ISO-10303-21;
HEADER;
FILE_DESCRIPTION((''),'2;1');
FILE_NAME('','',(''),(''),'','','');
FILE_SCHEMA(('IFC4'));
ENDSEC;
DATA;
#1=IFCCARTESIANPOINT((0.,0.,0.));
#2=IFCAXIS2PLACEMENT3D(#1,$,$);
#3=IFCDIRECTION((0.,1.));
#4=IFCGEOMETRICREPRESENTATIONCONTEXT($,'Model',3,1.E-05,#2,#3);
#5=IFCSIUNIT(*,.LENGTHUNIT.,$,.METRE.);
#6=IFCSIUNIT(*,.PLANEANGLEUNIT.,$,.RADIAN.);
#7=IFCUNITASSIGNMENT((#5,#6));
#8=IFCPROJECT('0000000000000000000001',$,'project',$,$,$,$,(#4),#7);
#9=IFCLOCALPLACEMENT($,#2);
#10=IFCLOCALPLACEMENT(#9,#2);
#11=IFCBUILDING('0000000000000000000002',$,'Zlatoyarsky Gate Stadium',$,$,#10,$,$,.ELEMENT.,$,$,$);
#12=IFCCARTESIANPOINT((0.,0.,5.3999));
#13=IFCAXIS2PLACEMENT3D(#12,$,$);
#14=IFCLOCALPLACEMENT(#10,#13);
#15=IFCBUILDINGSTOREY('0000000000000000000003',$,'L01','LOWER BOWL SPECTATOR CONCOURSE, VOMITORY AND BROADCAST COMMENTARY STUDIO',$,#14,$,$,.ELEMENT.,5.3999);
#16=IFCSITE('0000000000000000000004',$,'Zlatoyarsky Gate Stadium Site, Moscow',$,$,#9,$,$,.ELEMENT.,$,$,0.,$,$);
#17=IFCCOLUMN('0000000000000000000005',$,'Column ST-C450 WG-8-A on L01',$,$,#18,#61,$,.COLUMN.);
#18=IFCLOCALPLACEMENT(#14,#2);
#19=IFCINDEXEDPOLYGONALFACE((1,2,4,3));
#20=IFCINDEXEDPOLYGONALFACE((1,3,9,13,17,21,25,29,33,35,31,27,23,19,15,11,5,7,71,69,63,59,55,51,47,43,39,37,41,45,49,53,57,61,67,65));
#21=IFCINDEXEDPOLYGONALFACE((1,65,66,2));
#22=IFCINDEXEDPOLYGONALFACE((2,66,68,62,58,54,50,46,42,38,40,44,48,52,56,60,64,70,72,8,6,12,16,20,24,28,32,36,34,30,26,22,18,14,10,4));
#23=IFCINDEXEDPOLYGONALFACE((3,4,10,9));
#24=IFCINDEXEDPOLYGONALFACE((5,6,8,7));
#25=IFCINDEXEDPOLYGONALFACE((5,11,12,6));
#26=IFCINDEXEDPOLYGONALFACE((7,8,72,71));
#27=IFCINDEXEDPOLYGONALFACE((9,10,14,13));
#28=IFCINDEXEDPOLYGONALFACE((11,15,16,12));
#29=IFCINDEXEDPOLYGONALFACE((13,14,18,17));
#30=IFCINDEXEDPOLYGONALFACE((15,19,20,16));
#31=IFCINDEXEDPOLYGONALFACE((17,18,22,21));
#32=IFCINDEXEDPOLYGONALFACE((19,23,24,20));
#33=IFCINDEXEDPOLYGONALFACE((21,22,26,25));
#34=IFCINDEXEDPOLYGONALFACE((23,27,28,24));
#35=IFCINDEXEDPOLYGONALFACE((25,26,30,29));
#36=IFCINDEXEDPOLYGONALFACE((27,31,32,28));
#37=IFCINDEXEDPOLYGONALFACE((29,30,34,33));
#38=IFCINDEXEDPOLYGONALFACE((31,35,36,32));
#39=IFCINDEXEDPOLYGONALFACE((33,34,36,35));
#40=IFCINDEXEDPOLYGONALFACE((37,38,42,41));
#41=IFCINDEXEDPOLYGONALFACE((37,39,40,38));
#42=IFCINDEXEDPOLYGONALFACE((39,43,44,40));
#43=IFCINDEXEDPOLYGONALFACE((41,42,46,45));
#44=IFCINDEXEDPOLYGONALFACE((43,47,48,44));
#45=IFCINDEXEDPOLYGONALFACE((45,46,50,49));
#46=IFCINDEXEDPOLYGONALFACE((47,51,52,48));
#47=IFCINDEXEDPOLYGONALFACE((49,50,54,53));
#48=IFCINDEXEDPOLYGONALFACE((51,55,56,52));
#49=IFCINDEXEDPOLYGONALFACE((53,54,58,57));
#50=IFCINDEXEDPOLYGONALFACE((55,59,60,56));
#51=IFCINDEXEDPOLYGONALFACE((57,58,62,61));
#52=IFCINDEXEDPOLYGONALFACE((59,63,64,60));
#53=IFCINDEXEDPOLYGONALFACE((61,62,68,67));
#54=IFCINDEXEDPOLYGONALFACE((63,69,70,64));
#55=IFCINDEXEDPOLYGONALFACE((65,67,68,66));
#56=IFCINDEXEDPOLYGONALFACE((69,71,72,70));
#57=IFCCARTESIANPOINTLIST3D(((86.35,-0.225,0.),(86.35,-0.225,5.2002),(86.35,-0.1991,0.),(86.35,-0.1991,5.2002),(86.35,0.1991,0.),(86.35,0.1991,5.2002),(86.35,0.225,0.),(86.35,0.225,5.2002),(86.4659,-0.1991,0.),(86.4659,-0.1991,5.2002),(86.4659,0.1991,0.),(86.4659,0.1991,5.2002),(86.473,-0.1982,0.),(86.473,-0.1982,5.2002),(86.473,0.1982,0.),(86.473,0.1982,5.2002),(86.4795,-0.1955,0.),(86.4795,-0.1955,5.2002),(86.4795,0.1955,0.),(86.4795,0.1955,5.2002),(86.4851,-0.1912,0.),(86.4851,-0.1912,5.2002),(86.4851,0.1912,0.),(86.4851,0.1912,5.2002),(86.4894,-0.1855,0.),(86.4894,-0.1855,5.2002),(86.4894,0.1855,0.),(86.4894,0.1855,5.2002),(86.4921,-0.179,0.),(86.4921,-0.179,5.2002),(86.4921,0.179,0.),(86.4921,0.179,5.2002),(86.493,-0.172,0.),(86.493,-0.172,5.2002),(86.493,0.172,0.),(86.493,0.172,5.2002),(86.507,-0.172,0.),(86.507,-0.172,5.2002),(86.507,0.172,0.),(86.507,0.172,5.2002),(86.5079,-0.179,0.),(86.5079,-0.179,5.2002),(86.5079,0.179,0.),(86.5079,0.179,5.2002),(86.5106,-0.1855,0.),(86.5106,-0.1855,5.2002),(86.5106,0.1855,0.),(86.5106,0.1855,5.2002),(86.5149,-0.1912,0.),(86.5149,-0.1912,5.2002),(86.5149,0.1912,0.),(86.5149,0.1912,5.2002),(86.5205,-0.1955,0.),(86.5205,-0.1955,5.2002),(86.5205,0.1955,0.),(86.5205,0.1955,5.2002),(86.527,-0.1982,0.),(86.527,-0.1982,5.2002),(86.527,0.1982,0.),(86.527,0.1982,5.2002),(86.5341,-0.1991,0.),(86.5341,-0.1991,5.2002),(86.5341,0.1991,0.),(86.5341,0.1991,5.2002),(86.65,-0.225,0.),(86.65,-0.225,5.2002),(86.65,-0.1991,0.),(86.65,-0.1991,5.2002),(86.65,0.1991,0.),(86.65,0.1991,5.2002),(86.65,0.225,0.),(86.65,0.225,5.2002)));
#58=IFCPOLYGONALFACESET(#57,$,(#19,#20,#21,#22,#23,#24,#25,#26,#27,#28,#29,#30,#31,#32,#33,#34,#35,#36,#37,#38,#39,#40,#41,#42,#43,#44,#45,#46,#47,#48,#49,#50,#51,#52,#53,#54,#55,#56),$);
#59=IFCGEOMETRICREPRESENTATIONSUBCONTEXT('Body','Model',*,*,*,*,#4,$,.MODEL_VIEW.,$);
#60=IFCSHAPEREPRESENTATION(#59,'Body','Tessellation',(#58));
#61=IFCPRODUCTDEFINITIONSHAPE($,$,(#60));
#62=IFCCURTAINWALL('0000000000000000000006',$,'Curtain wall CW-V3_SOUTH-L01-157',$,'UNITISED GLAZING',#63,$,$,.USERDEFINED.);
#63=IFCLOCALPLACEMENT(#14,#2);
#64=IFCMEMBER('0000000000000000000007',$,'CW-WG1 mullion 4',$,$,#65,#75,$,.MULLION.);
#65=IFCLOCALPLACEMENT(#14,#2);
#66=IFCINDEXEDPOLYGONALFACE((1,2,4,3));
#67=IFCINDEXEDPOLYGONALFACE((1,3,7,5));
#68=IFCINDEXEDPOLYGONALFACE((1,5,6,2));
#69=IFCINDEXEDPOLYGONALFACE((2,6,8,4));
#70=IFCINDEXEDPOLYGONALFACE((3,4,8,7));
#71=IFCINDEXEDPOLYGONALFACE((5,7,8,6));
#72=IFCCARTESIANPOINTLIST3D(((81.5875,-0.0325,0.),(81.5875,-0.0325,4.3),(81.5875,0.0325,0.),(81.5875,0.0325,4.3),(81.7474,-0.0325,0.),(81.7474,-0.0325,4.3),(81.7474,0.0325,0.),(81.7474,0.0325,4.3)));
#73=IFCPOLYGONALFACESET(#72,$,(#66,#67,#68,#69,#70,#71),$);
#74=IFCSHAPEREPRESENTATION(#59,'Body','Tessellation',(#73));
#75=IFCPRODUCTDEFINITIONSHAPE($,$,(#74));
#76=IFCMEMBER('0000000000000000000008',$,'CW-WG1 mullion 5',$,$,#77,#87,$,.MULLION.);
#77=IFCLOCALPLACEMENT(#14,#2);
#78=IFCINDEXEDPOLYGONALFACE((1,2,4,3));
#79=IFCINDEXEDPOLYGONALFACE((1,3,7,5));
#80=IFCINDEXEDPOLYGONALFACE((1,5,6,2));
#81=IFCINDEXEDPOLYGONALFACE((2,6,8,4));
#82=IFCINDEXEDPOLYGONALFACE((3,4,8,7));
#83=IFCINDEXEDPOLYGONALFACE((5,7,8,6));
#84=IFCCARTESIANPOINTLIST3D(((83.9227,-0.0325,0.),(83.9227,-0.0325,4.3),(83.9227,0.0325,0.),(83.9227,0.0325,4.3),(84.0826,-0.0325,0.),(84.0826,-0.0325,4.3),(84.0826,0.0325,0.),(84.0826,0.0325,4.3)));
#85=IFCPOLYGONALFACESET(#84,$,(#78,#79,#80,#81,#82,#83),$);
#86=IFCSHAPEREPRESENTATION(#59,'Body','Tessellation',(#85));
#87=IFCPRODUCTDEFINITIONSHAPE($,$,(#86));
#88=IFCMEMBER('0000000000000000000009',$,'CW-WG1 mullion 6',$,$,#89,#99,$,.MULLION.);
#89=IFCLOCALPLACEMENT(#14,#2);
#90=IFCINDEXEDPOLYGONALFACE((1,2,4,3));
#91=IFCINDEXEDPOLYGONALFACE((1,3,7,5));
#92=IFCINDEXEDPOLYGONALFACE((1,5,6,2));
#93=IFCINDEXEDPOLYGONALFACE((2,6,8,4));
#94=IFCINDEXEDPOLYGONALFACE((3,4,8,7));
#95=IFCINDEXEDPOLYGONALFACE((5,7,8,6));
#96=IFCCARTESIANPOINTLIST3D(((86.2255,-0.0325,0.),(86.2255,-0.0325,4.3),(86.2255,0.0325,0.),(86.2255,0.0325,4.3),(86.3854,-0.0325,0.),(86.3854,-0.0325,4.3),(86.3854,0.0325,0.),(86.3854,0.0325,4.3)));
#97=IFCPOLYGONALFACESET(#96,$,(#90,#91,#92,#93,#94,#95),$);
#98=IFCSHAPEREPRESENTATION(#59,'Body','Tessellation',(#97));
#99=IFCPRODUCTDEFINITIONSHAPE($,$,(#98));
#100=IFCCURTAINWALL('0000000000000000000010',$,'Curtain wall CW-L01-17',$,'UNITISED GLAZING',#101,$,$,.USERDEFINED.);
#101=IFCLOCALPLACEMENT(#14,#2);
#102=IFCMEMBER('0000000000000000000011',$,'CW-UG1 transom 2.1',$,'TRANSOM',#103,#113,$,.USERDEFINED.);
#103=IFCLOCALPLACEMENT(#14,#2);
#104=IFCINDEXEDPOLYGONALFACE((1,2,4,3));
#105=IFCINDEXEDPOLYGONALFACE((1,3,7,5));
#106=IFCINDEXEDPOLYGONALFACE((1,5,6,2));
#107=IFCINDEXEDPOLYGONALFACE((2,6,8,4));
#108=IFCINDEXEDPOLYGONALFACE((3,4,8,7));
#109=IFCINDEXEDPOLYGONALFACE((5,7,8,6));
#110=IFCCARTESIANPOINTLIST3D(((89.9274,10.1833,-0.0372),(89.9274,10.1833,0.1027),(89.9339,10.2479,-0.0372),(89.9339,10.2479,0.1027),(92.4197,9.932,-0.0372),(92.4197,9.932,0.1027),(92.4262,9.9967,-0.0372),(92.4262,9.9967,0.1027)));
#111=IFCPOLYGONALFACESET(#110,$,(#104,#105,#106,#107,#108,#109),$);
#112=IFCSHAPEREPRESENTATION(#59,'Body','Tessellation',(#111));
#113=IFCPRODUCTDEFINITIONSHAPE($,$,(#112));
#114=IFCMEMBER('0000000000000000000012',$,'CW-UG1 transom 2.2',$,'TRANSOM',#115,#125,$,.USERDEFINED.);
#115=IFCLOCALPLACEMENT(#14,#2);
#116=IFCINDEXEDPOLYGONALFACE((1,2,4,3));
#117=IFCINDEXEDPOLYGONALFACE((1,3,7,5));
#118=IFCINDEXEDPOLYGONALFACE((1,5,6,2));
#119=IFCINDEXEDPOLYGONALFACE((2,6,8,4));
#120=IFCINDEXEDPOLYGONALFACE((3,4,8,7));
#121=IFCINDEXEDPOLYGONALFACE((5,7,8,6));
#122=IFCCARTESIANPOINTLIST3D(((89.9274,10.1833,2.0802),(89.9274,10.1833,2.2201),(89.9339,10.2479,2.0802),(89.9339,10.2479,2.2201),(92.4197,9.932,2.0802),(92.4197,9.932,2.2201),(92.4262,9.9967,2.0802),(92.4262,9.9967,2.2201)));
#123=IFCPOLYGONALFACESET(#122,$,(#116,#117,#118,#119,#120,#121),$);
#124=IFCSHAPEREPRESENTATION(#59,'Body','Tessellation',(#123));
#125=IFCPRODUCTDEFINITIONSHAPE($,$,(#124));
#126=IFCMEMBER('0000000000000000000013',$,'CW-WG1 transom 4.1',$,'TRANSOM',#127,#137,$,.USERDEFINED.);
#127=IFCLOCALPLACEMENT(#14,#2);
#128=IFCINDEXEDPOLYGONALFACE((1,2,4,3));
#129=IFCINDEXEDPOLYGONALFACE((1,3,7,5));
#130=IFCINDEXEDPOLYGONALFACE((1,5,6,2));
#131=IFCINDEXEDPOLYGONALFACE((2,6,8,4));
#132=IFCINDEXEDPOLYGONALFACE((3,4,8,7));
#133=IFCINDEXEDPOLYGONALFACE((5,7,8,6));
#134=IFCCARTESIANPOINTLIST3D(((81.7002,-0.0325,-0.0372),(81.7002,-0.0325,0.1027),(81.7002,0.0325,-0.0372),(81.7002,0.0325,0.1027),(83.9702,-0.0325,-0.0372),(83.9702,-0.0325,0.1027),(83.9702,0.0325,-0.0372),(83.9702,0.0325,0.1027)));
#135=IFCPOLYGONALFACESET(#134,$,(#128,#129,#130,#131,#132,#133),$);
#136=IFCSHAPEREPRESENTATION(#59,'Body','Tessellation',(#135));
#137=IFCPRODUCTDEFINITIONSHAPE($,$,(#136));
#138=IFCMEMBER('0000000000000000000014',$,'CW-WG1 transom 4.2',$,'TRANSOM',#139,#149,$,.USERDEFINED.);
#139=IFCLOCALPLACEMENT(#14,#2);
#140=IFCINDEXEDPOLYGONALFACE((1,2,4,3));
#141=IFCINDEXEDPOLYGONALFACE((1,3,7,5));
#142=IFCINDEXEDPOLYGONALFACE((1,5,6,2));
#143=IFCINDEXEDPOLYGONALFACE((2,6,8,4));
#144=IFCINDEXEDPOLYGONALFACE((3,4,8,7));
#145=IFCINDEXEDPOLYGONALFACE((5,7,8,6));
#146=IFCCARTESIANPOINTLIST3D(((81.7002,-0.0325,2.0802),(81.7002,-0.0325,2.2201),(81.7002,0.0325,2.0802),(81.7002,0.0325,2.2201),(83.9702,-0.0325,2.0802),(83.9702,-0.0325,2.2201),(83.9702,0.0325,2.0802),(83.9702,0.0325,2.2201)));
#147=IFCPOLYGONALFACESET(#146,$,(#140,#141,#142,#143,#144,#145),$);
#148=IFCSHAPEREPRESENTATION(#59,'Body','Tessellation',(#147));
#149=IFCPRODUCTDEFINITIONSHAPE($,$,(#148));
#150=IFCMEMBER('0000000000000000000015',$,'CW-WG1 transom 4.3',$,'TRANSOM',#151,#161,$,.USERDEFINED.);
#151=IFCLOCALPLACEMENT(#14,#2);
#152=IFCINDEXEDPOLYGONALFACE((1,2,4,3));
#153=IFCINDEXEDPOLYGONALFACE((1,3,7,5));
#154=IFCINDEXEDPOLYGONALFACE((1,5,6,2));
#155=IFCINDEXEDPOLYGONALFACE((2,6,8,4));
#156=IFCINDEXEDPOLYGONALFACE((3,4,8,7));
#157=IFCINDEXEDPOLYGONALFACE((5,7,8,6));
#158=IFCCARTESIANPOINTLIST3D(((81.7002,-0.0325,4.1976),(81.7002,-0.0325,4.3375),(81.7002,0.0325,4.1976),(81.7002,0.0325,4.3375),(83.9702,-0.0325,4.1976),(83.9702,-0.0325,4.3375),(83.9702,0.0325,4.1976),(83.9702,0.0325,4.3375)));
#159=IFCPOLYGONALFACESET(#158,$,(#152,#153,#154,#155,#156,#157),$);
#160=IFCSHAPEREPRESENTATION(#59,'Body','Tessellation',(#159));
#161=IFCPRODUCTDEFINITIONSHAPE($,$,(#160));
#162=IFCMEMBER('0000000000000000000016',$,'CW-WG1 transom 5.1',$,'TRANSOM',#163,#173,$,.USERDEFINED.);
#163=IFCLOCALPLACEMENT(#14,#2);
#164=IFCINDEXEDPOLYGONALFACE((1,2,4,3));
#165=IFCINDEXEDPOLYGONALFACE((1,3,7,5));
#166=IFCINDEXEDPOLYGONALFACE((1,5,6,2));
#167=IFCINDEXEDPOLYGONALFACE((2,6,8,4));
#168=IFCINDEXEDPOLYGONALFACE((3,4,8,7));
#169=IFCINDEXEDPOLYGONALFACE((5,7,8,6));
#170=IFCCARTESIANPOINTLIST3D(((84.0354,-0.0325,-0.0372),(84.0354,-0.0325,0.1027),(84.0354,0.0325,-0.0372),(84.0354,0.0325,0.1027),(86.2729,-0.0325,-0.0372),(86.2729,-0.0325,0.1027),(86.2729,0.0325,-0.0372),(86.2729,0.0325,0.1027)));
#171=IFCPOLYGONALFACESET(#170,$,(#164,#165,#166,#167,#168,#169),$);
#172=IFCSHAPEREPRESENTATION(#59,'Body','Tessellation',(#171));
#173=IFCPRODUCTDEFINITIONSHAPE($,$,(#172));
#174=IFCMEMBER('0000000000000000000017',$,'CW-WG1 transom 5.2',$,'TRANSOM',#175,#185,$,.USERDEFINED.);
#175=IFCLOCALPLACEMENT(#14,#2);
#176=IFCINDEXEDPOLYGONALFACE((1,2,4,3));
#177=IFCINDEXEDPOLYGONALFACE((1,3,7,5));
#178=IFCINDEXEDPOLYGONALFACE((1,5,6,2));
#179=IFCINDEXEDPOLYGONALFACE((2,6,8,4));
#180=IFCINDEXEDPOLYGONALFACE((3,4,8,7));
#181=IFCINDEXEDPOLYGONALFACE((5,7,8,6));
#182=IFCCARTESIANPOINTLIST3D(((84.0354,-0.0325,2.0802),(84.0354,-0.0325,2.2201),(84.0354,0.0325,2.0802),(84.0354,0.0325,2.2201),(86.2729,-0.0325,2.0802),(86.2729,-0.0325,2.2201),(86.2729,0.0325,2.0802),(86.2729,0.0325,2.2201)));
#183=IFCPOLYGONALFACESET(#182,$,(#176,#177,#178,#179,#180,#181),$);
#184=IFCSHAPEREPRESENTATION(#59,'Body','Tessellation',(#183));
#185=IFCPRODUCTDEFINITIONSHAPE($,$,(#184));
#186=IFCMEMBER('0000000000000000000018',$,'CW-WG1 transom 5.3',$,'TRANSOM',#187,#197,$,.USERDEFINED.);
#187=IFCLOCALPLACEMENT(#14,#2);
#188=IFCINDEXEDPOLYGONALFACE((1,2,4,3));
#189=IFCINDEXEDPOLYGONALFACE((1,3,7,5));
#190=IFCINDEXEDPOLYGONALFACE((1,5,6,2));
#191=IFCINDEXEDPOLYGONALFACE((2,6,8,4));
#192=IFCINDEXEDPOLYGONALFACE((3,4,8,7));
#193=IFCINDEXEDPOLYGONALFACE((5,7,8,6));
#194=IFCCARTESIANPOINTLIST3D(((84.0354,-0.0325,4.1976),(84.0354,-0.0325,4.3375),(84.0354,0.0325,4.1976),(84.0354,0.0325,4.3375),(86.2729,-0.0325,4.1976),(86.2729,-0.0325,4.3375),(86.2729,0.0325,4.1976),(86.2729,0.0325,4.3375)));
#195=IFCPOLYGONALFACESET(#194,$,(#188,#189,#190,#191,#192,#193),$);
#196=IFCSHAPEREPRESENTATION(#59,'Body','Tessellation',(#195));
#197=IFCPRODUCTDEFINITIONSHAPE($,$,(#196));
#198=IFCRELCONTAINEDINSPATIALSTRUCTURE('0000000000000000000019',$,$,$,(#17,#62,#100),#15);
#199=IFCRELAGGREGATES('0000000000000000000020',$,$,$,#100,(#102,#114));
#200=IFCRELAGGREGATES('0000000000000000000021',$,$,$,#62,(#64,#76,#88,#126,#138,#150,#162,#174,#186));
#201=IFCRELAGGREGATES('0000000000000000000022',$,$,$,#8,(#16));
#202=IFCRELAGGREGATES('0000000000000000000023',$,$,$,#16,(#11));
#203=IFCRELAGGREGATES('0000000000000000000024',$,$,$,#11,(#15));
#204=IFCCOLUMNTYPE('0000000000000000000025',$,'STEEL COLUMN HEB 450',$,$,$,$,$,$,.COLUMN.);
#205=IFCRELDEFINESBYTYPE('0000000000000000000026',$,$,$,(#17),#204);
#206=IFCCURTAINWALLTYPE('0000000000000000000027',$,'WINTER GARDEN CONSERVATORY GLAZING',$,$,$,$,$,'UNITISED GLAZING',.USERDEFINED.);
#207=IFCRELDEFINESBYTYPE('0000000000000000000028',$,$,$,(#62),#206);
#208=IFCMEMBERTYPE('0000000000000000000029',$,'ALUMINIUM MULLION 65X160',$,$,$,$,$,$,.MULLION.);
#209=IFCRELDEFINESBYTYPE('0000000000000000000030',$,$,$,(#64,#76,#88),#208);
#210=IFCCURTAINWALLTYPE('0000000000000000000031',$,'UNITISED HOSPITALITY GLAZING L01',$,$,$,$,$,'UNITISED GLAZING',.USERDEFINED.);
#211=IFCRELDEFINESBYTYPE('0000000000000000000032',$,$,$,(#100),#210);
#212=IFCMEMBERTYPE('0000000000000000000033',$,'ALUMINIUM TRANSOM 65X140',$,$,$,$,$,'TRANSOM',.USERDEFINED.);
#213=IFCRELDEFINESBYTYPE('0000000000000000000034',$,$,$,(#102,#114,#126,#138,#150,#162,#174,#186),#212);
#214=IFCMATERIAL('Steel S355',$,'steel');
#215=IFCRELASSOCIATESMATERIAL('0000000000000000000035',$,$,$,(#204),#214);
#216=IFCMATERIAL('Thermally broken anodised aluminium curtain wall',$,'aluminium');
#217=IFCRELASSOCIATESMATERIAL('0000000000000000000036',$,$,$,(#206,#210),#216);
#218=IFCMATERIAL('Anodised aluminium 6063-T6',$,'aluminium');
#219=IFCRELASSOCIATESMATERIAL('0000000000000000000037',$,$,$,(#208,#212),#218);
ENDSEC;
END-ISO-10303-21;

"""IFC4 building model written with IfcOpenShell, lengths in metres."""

from ifc_helpers import new_model, si_unit, direction, frame, origin, origin_2d, place, context, subcontext, project, spatial, rectangle, i_section, extrude, material, material_profile, profile_set, type_object, element, aggregate, save


model = new_model("IFC4")

# Units and contexts
model_context = context("Model", 3, precision=1e-05, world=origin(), true_north=direction((0.0, 1.0)))
body_context = subcontext(model_context, "Body", "Model", "MODEL_VIEW")
ifc_project = project(units=[si_unit("LENGTHUNIT", "METRE"), si_unit("PLANEANGLEUNIT", "RADIAN")], contexts=[model_context])

# Site, building, storey
site_placement = place(None, origin())
site = spatial("IfcSite", under=ifc_project, at=site_placement, Name="Zlatoyarsky Gate Stadium Site, Moscow", CompositionType="ELEMENT", RefElevation=0.0)
building_placement = place(site_placement, origin())
building = spatial("IfcBuilding", under=site, at=building_placement, Name="Zlatoyarsky Gate Stadium", CompositionType="ELEMENT")
storey_placement = place(building_placement, frame((0.0, 0.0, 5.3999)))
storey = spatial("IfcBuildingStorey", under=building, at=storey_placement, Name="L01", Description="LOWER BOWL SPECTATOR CONCOURSE, VOMITORY AND BROADCAST COMMENTARY STUDIO", CompositionType="ELEMENT", Elevation=5.3999)

# Column
ifc_material_1 = material(Name="Steel S355", Category="steel")
ifc_material_profile_1 = material_profile(ifc_material_1, i_section(OverallWidth=0.3, OverallDepth=0.45, WebThickness=0.0139, FlangeThickness=0.0259, FilletRadius=0.0271, at=origin_2d()), Name="HEB 450")
ifc_profile_set_1 = profile_set([ifc_material_profile_1], Name="Steel S355")
column_type = type_object("IfcColumnType", Name="STEEL COLUMN HEB 450", PredefinedType="COLUMN", material=ifc_profile_set_1)
column_placement = place(storey_placement, frame((86.5, 0.0, 0.0), z_axis=(0.0, 0.0, 1.0), x_axis=(1.0, 0.0, 0.0)))
element("IfcColumn", 1, at=column_placement, inside=storey, type_object=column_type, Name="Column ST-C450 WG-8-A on L01", PredefinedType="COLUMN", context=body_context, shape_type="SweptSolid", body=[
    extrude(i_section(OverallWidth=0.3, OverallDepth=0.45, WebThickness=0.0139, FlangeThickness=0.0259, FilletRadius=0.0271, at=origin_2d()), origin(), (0.0, 0.0, 1.0), 5.2002),
])

# Curtain walls, members
ifc_material_2 = material(Name="Thermally broken anodised aluminium curtain wall", Category="aluminium")
curtain_wall_type_1 = type_object("IfcCurtainWallType", Name="WINTER GARDEN CONSERVATORY GLAZING", ElementType="UNITISED GLAZING", PredefinedType="USERDEFINED", material=ifc_material_2)
curtain_wall_1_placement = place(storey_placement, origin())
curtain_wall_1 = element("IfcCurtainWall", 2, at=curtain_wall_1_placement, inside=storey, type_object=curtain_wall_type_1, Name="Curtain wall CW-V3_SOUTH-L01-157", ObjectType="UNITISED GLAZING", PredefinedType="USERDEFINED")
ifc_material_3 = material(Name="Anodised aluminium 6063-T6", Category="aluminium")
ifc_material_profile_2 = material_profile(ifc_material_3, rectangle(XDim=0.0649, YDim=0.1599, at=origin_2d()), Name="ALU 65X160")
ifc_profile_set_2 = profile_set([ifc_material_profile_2], Name="Anodised aluminium 6063-T6")
member_type_1 = type_object("IfcMemberType", Name="ALUMINIUM MULLION 65X160", PredefinedType="MULLION", material=ifc_profile_set_2)
member_1_placement = place(storey_placement, frame((81.6675, 0.0, 0.0), z_axis=(0.0, 0.0, 1.0), x_axis=(0.0, 1.0, 0.0)))
member_1 = element("IfcMember", 3, at=member_1_placement, type_object=member_type_1, Name="CW-WG1 mullion 4", PredefinedType="MULLION", context=body_context, shape_type="SweptSolid", body=[
    extrude(rectangle(XDim=0.0649, YDim=0.1599, at=origin_2d()), origin(), (0.0, 0.0, 1.0), 4.3),
])
member_2_placement = place(storey_placement, frame((84.0027, 0.0, 0.0), z_axis=(0.0, 0.0, 1.0), x_axis=(0.0, 1.0, 0.0)))
member_2 = element("IfcMember", 4, at=member_2_placement, type_object=member_type_1, Name="CW-WG1 mullion 5", PredefinedType="MULLION", context=body_context, shape_type="SweptSolid", body=[
    extrude(rectangle(XDim=0.0649, YDim=0.1599, at=origin_2d()), origin(), (0.0, 0.0, 1.0), 4.3),
])
member_3_placement = place(storey_placement, frame((86.3054, 0.0, 0.0), z_axis=(0.0, 0.0, 1.0), x_axis=(0.0, 1.0, 0.0)))
member_3 = element("IfcMember", 5, at=member_3_placement, type_object=member_type_1, Name="CW-WG1 mullion 6", PredefinedType="MULLION", context=body_context, shape_type="SweptSolid", body=[
    extrude(rectangle(XDim=0.0649, YDim=0.1599, at=origin_2d()), origin(), (0.0, 0.0, 1.0), 4.3),
])
curtain_wall_type_2 = type_object("IfcCurtainWallType", Name="UNITISED HOSPITALITY GLAZING L01", ElementType="UNITISED GLAZING", PredefinedType="USERDEFINED", material=ifc_material_2)
curtain_wall_2_placement = place(storey_placement, origin())
curtain_wall_2 = element("IfcCurtainWall", 6, at=curtain_wall_2_placement, inside=storey, type_object=curtain_wall_type_2, Name="Curtain wall CW-L01-17", ObjectType="UNITISED GLAZING", PredefinedType="USERDEFINED")
ifc_material_profile_3 = material_profile(ifc_material_3, rectangle(XDim=0.0649, YDim=0.1399, at=origin_2d()), Name="ALU 65X140")
ifc_profile_set_3 = profile_set([ifc_material_profile_3], Name="Anodised aluminium 6063-T6")
member_type_2 = type_object("IfcMemberType", Name="ALUMINIUM TRANSOM 65X140", ElementType="TRANSOM", PredefinedType="USERDEFINED", material=ifc_profile_set_3)
member_4_placement = place(storey_placement, frame((89.9307, 10.2156, 0.0327), z_axis=(0.994958, -0.100295, 0.0), x_axis=(0.100295, 0.994958, 0.0)))
member_4 = element("IfcMember", 7, at=member_4_placement, type_object=member_type_2, Name="CW-UG1 transom 2.1", ObjectType="TRANSOM", PredefinedType="USERDEFINED", context=body_context, shape_type="SweptSolid", body=[
    extrude(rectangle(XDim=0.0649, YDim=0.1399, at=origin_2d()), origin(), (0.0, 0.0, 1.0), 2.5049),
])
member_5_placement = place(storey_placement, frame((89.9307, 10.2156, 2.1501), z_axis=(0.994958, -0.100295, 0.0), x_axis=(0.100295, 0.994958, 0.0)))
member_5 = element("IfcMember", 8, at=member_5_placement, type_object=member_type_2, Name="CW-UG1 transom 2.2", ObjectType="TRANSOM", PredefinedType="USERDEFINED", context=body_context, shape_type="SweptSolid", body=[
    extrude(rectangle(XDim=0.0649, YDim=0.1399, at=origin_2d()), origin(), (0.0, 0.0, 1.0), 2.5049),
])
aggregate(curtain_wall_2, [member_4, member_5])

# Members
member_6_placement = place(storey_placement, frame((81.7002, 0.0, 0.0327), z_axis=(1.0, 0.0, 0.0), x_axis=(0.0, 1.0, 0.0)))
member_6 = element("IfcMember", 9, at=member_6_placement, type_object=member_type_2, Name="CW-WG1 transom 4.1", ObjectType="TRANSOM", PredefinedType="USERDEFINED", context=body_context, shape_type="SweptSolid", body=[
    extrude(rectangle(XDim=0.0649, YDim=0.1399, at=origin_2d()), origin(), (0.0, 0.0, 1.0), 2.27),
])
member_7_placement = place(storey_placement, frame((81.7002, 0.0, 2.1501), z_axis=(1.0, 0.0, 0.0), x_axis=(0.0, 1.0, 0.0)))
member_7 = element("IfcMember", 10, at=member_7_placement, type_object=member_type_2, Name="CW-WG1 transom 4.2", ObjectType="TRANSOM", PredefinedType="USERDEFINED", context=body_context, shape_type="SweptSolid", body=[
    extrude(rectangle(XDim=0.0649, YDim=0.1399, at=origin_2d()), origin(), (0.0, 0.0, 1.0), 2.27),
])
member_8_placement = place(storey_placement, frame((81.7002, 0.0, 4.2676), z_axis=(1.0, 0.0, 0.0), x_axis=(0.0, 1.0, 0.0)))
member_8 = element("IfcMember", 11, at=member_8_placement, type_object=member_type_2, Name="CW-WG1 transom 4.3", ObjectType="TRANSOM", PredefinedType="USERDEFINED", context=body_context, shape_type="SweptSolid", body=[
    extrude(rectangle(XDim=0.0649, YDim=0.1399, at=origin_2d()), origin(), (0.0, 0.0, 1.0), 2.27),
])
member_9_placement = place(storey_placement, frame((84.0354, 0.0, 0.0327), z_axis=(1.0, 0.0, 0.0), x_axis=(0.0, 1.0, 0.0)))
member_9 = element("IfcMember", 12, at=member_9_placement, type_object=member_type_2, Name="CW-WG1 transom 5.1", ObjectType="TRANSOM", PredefinedType="USERDEFINED", context=body_context, shape_type="SweptSolid", body=[
    extrude(rectangle(XDim=0.0649, YDim=0.1399, at=origin_2d()), origin(), (0.0, 0.0, 1.0), 2.2375),
])
member_10_placement = place(storey_placement, frame((84.0354, 0.0, 2.1501), z_axis=(1.0, 0.0, 0.0), x_axis=(0.0, 1.0, 0.0)))
member_10 = element("IfcMember", 13, at=member_10_placement, type_object=member_type_2, Name="CW-WG1 transom 5.2", ObjectType="TRANSOM", PredefinedType="USERDEFINED", context=body_context, shape_type="SweptSolid", body=[
    extrude(rectangle(XDim=0.0649, YDim=0.1399, at=origin_2d()), origin(), (0.0, 0.0, 1.0), 2.2375),
])
member_11_placement = place(storey_placement, frame((84.0354, 0.0, 4.2676), z_axis=(1.0, 0.0, 0.0), x_axis=(0.0, 1.0, 0.0)))
member_11 = element("IfcMember", 14, at=member_11_placement, type_object=member_type_2, Name="CW-WG1 transom 5.3", ObjectType="TRANSOM", PredefinedType="USERDEFINED", context=body_context, shape_type="SweptSolid", body=[
    extrude(rectangle(XDim=0.0649, YDim=0.1399, at=origin_2d()), origin(), (0.0, 0.0, 1.0), 2.2375),
])

aggregate(curtain_wall_1, [member_1, member_2, member_3, member_6, member_7, member_8, member_9, member_10, member_11])

save(model, "model.ifc")
